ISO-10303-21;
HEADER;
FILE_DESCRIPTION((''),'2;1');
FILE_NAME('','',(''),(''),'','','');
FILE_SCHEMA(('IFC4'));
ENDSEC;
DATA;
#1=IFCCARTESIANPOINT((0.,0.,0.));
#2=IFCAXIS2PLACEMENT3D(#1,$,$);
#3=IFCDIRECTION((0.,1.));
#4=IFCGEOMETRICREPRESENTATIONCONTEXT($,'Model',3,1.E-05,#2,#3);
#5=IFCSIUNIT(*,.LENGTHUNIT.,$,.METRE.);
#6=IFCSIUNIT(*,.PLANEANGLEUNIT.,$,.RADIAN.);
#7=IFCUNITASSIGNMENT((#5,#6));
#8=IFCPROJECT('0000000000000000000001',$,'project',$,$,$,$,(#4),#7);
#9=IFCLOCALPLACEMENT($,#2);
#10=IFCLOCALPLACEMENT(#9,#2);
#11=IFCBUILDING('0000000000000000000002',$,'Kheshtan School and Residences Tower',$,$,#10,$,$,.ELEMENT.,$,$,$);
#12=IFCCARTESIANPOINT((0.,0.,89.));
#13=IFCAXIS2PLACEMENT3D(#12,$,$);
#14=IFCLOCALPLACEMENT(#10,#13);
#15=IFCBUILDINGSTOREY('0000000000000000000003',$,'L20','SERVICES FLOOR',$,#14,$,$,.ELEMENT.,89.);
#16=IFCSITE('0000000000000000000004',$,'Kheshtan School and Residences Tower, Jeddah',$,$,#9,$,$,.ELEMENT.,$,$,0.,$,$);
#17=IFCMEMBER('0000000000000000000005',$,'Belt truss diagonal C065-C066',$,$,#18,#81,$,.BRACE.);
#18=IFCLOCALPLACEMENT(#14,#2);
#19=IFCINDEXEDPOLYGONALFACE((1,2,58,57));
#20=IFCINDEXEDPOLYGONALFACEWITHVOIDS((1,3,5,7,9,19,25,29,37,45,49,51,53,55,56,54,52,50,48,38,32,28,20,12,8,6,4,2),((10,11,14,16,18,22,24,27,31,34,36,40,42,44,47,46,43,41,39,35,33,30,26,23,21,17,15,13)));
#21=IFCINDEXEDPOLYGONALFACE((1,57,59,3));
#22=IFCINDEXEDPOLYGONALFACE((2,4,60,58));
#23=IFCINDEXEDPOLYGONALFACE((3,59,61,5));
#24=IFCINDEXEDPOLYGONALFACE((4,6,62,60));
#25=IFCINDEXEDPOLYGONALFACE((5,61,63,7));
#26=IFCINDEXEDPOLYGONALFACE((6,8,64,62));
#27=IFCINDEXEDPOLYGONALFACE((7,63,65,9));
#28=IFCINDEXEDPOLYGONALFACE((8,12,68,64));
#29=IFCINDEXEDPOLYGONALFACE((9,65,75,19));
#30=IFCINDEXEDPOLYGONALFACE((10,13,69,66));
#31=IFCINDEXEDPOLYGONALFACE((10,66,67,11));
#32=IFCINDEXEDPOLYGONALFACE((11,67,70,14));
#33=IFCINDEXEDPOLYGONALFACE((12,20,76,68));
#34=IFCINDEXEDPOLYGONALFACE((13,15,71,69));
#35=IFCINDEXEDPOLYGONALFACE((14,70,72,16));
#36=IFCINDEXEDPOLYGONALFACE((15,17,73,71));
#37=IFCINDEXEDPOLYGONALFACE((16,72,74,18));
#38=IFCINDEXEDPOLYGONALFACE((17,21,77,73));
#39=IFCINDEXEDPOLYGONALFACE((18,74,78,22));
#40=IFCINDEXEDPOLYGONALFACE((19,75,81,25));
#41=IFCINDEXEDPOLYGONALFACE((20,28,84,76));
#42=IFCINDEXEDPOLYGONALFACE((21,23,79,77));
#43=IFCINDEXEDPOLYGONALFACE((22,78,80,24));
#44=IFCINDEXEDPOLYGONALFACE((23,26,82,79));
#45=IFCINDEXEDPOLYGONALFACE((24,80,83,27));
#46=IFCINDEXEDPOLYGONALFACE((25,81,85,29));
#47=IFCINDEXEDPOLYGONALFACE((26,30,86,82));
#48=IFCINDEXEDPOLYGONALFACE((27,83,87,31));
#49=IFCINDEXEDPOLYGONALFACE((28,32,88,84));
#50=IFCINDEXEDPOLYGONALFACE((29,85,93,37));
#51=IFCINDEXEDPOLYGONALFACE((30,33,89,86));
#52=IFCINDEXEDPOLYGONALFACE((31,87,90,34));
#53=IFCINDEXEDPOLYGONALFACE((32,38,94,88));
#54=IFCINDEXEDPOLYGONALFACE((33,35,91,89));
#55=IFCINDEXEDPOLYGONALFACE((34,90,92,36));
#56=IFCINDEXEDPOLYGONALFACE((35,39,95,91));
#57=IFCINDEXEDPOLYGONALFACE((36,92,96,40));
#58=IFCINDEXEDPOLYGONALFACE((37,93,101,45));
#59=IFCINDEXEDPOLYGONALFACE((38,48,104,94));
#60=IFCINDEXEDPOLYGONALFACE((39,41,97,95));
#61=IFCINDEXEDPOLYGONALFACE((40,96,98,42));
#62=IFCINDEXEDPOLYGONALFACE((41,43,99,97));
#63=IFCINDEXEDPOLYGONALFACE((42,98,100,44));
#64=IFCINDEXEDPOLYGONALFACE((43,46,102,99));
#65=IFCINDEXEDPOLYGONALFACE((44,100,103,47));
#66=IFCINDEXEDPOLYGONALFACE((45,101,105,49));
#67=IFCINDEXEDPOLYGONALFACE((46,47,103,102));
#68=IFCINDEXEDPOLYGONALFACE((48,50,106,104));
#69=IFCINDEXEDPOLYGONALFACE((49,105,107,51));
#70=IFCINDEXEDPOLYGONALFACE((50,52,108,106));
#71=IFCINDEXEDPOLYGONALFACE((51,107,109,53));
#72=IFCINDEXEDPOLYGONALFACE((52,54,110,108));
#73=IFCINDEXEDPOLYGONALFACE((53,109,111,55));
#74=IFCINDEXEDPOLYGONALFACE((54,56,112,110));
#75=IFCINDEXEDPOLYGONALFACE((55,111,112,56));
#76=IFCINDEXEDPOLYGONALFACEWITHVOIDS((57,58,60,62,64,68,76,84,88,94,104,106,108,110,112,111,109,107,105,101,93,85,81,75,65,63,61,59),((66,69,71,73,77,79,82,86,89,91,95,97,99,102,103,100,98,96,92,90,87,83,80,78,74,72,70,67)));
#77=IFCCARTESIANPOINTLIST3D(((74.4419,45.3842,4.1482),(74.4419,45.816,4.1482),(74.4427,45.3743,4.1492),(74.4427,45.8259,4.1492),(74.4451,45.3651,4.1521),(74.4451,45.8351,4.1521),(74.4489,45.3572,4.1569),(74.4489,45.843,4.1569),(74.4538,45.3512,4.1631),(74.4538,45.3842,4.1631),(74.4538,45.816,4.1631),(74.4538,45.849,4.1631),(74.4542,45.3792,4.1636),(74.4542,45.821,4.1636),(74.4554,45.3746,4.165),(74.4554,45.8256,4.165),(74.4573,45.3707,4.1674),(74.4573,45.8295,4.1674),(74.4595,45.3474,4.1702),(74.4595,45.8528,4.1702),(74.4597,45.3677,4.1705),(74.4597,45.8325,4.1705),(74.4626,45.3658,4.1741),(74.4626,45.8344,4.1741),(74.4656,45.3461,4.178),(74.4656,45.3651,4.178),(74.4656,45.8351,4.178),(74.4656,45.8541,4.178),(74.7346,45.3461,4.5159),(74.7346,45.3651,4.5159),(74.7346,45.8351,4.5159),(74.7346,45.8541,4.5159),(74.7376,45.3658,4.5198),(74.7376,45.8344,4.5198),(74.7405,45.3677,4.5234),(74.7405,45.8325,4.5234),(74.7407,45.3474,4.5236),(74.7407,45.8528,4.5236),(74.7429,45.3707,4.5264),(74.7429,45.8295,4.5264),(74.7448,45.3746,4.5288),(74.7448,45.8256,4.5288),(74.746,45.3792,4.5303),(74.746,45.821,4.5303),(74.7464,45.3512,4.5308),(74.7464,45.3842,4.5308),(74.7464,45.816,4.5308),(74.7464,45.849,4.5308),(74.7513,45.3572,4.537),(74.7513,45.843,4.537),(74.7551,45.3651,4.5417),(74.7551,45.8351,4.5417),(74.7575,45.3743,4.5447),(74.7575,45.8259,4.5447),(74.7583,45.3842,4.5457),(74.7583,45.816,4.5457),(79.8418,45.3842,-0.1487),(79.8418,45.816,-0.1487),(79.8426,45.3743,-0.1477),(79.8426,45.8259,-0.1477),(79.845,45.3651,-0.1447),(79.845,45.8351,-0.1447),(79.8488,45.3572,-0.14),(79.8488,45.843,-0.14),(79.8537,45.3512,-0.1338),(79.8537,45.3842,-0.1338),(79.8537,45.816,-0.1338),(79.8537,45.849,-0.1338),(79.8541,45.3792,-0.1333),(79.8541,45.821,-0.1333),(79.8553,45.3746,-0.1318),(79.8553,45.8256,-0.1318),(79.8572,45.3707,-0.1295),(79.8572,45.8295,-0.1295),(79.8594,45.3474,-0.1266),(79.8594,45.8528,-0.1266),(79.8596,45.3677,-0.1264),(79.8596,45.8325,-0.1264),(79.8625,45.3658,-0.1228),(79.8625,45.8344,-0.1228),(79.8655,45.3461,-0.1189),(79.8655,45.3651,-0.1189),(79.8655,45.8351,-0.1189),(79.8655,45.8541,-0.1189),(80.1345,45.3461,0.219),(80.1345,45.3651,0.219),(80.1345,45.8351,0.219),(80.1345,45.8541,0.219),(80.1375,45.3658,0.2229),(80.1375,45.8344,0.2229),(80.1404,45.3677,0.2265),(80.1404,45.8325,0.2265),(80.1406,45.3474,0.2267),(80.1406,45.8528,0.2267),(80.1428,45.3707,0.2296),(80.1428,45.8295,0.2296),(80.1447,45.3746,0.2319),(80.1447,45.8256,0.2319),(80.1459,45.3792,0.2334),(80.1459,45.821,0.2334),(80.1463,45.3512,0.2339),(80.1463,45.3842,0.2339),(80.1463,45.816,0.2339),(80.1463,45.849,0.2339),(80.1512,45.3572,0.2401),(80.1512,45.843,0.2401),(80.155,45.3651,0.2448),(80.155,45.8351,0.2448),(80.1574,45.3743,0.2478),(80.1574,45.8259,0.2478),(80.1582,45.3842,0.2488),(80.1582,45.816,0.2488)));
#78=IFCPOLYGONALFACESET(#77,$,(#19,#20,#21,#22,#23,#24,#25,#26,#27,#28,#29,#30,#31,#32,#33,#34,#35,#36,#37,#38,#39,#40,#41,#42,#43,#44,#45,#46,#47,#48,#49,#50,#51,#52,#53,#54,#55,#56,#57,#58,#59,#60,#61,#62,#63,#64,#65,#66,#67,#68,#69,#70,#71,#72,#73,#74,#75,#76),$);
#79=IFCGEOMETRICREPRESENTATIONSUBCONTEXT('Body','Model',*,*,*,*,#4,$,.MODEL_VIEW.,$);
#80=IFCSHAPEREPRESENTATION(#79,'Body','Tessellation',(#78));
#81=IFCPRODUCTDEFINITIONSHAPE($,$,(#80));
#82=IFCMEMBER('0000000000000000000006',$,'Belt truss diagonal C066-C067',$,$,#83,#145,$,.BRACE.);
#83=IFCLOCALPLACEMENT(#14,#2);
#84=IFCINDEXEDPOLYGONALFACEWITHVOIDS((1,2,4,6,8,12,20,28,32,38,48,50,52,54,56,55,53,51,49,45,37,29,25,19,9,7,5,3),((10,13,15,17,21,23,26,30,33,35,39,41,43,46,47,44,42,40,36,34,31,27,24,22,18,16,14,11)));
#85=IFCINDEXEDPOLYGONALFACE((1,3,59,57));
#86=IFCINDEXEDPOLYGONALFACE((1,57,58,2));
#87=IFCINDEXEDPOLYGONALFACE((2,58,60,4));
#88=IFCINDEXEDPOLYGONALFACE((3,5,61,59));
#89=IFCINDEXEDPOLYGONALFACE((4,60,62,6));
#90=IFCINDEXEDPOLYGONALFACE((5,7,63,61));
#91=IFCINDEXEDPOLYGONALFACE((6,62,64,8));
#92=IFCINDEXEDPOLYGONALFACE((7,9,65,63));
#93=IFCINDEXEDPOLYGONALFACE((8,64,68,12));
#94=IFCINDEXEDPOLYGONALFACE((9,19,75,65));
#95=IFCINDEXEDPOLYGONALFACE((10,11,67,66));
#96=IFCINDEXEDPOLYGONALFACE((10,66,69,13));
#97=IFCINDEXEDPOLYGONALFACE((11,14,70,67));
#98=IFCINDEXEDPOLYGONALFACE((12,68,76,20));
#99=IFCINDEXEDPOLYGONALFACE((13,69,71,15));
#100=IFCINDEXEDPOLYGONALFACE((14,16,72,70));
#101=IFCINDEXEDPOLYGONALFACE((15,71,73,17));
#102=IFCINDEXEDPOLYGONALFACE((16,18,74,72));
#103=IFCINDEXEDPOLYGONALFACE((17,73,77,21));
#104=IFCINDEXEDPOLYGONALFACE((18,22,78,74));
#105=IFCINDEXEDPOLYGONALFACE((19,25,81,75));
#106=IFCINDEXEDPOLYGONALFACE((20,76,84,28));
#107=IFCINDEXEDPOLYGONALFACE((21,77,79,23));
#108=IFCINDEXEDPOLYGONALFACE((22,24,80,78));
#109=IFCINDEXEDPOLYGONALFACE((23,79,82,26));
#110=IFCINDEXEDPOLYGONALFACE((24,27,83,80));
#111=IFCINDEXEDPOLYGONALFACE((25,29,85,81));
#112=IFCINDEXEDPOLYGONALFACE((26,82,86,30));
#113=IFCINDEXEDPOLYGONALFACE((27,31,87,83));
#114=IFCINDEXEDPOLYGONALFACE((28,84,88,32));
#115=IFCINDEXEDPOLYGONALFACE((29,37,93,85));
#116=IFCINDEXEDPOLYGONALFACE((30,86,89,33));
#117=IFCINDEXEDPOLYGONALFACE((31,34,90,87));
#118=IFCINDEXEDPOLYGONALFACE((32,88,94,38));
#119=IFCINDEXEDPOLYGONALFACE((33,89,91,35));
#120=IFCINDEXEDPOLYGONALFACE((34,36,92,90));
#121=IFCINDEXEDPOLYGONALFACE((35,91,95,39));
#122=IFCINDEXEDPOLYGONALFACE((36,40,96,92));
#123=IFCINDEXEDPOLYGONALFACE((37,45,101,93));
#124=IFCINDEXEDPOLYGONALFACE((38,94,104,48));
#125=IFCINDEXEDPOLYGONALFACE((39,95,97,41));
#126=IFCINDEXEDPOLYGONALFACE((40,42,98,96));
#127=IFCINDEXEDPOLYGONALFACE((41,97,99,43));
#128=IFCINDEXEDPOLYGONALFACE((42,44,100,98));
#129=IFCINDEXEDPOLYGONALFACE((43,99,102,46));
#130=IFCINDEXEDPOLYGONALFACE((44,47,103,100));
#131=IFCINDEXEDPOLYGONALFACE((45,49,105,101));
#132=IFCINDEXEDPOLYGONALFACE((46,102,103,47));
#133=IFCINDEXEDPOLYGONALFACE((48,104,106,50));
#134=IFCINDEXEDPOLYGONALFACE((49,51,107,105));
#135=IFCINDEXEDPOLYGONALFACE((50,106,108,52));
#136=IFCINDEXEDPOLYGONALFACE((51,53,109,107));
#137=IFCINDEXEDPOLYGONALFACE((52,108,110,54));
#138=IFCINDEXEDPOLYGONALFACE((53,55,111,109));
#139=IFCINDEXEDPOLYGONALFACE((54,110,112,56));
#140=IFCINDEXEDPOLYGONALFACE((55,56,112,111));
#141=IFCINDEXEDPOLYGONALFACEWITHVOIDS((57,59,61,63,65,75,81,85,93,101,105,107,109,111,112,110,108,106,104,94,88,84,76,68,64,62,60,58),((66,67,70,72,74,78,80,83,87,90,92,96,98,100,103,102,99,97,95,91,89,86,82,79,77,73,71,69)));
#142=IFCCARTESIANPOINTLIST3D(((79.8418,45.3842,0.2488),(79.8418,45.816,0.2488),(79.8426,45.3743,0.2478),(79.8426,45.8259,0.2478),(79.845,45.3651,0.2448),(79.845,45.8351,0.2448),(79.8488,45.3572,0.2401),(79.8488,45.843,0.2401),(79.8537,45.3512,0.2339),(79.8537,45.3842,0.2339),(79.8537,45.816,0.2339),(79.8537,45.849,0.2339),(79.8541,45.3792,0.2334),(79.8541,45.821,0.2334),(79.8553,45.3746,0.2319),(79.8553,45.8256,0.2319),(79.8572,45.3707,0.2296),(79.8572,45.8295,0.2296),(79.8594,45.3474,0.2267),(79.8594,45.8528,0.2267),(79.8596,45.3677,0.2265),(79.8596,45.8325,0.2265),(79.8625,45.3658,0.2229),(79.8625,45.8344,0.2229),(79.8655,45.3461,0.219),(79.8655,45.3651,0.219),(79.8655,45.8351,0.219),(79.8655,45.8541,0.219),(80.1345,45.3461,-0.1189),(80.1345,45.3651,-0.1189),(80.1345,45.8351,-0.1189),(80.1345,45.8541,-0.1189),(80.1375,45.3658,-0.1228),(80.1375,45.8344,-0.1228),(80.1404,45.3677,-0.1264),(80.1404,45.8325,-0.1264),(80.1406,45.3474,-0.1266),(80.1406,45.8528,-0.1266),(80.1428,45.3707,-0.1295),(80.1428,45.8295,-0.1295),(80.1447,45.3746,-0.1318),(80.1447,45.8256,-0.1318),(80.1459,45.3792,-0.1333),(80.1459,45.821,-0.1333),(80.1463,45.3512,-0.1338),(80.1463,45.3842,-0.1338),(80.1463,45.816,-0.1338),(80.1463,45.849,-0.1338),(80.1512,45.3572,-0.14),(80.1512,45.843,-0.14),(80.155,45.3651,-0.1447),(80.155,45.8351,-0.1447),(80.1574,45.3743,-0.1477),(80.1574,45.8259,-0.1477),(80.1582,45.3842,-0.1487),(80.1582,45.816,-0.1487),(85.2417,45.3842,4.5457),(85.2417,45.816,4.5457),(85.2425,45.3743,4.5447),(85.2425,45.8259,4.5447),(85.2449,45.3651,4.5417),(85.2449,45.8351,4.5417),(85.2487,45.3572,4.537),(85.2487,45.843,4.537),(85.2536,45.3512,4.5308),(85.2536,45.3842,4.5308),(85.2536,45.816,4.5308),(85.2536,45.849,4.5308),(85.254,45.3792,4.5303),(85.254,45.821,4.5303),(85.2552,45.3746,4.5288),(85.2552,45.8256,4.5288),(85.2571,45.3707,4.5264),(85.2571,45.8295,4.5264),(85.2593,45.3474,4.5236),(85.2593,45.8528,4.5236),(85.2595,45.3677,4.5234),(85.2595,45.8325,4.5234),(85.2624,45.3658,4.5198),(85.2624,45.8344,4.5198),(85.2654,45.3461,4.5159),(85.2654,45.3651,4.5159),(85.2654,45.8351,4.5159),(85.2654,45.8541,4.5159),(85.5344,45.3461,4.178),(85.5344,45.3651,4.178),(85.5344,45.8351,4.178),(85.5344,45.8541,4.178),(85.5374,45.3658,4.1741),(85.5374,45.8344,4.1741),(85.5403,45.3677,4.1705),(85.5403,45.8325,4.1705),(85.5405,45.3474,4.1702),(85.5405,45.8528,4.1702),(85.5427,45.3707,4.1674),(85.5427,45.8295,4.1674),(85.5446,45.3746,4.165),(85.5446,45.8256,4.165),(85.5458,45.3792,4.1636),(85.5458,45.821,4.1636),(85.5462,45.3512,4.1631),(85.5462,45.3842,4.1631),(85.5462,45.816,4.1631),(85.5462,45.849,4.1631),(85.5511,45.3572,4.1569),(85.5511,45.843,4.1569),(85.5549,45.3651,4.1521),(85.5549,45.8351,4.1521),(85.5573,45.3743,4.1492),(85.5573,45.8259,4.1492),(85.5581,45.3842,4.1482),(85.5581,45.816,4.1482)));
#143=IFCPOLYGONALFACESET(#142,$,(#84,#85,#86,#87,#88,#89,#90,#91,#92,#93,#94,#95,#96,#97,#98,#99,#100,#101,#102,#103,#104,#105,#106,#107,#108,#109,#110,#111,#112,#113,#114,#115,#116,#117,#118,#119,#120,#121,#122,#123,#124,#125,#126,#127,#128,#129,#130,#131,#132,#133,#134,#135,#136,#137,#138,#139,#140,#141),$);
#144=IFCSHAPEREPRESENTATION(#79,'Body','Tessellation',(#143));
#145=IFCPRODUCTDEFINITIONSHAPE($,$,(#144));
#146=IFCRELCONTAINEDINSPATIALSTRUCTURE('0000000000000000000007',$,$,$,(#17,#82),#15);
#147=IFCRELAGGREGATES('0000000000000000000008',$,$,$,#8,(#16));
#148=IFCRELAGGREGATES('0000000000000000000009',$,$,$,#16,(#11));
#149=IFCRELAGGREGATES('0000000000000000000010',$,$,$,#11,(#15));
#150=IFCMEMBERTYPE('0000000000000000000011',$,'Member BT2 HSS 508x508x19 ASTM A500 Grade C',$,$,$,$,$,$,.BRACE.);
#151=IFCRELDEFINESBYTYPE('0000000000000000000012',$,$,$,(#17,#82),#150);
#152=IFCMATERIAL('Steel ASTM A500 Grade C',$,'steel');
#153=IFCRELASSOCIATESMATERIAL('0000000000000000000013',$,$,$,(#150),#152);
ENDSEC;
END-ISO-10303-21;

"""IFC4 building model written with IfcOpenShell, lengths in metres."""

from ifc_helpers import new_model, si_unit, direction, frame, origin, origin_2d, place, context, subcontext, project, spatial, hollow_rectangle, extrude, material, material_profile, profile_set, type_object, element, save


model = new_model("IFC4")

# Units and contexts
model_context = context("Model", 3, precision=1e-05, world=origin(), true_north=direction((0.0, 1.0)))
body_context = subcontext(model_context, "Body", "Model", "MODEL_VIEW")
ifc_project = project(units=[si_unit("LENGTHUNIT", "METRE"), si_unit("PLANEANGLEUNIT", "RADIAN")], contexts=[model_context])

# Site, building, storey
site_placement = place(None, origin())
site = spatial("IfcSite", under=ifc_project, at=site_placement, Name="Kheshtan School and Residences Tower, Jeddah", CompositionType="ELEMENT", RefElevation=0.0)
building_placement = place(site_placement, origin())
building = spatial("IfcBuilding", under=site, at=building_placement, Name="Kheshtan School and Residences Tower", CompositionType="ELEMENT")
storey_placement = place(building_placement, frame((0.0, 0.0, 89.0)))
storey = spatial("IfcBuildingStorey", under=building, at=storey_placement, Name="L20", Description="SERVICES FLOOR", CompositionType="ELEMENT", Elevation=89.0)

# Members
ifc_material_1 = material(Name="Steel ASTM A500 Grade C", Category="steel")
ifc_material_profile_1 = material_profile(ifc_material_1, hollow_rectangle(XDim=0.5081, YDim=0.5081, WallThickness=0.019, InnerFilletRadius=0.019, OuterFilletRadius=0.0381, at=origin_2d()), Name="HSS 508x508x19")
ifc_profile_set_1 = profile_set([ifc_material_profile_1], Name="Steel ASTM A500 Grade C")
member_type_1 = type_object("IfcMemberType", Name="Member BT2 HSS 508x508x19 ASTM A500 Grade C", PredefinedType="BRACE", material=ifc_profile_set_1)
for number, where, z_axis, x_axis, name in (
    (1, (80.0, 45.6001, 0.05), (-0.782495, 0.0, 0.622657), (0.0, -1.0, 0.0), "Belt truss diagonal C065-C066"),
    (2, (80.0, 45.6001, 0.05), (0.782495, 0.0, 0.622657), (0.0, 1.0, 0.0), "Belt truss diagonal C066-C067"),
):
    element("IfcMember", number, at=place(storey_placement, frame(where, z_axis=z_axis, x_axis=x_axis)), inside=storey, type_object=member_type_1, Name=name, PredefinedType="BRACE", context=body_context, shape_type="SweptSolid", body=[
        extrude(hollow_rectangle(XDim=0.5081, YDim=0.5081, WallThickness=0.019, InnerFilletRadius=0.019, OuterFilletRadius=0.0381, at=origin_2d()), origin(), (0.0, 0.0, 1.0), 6.9009),
    ])

save(model, "model.ifc")
